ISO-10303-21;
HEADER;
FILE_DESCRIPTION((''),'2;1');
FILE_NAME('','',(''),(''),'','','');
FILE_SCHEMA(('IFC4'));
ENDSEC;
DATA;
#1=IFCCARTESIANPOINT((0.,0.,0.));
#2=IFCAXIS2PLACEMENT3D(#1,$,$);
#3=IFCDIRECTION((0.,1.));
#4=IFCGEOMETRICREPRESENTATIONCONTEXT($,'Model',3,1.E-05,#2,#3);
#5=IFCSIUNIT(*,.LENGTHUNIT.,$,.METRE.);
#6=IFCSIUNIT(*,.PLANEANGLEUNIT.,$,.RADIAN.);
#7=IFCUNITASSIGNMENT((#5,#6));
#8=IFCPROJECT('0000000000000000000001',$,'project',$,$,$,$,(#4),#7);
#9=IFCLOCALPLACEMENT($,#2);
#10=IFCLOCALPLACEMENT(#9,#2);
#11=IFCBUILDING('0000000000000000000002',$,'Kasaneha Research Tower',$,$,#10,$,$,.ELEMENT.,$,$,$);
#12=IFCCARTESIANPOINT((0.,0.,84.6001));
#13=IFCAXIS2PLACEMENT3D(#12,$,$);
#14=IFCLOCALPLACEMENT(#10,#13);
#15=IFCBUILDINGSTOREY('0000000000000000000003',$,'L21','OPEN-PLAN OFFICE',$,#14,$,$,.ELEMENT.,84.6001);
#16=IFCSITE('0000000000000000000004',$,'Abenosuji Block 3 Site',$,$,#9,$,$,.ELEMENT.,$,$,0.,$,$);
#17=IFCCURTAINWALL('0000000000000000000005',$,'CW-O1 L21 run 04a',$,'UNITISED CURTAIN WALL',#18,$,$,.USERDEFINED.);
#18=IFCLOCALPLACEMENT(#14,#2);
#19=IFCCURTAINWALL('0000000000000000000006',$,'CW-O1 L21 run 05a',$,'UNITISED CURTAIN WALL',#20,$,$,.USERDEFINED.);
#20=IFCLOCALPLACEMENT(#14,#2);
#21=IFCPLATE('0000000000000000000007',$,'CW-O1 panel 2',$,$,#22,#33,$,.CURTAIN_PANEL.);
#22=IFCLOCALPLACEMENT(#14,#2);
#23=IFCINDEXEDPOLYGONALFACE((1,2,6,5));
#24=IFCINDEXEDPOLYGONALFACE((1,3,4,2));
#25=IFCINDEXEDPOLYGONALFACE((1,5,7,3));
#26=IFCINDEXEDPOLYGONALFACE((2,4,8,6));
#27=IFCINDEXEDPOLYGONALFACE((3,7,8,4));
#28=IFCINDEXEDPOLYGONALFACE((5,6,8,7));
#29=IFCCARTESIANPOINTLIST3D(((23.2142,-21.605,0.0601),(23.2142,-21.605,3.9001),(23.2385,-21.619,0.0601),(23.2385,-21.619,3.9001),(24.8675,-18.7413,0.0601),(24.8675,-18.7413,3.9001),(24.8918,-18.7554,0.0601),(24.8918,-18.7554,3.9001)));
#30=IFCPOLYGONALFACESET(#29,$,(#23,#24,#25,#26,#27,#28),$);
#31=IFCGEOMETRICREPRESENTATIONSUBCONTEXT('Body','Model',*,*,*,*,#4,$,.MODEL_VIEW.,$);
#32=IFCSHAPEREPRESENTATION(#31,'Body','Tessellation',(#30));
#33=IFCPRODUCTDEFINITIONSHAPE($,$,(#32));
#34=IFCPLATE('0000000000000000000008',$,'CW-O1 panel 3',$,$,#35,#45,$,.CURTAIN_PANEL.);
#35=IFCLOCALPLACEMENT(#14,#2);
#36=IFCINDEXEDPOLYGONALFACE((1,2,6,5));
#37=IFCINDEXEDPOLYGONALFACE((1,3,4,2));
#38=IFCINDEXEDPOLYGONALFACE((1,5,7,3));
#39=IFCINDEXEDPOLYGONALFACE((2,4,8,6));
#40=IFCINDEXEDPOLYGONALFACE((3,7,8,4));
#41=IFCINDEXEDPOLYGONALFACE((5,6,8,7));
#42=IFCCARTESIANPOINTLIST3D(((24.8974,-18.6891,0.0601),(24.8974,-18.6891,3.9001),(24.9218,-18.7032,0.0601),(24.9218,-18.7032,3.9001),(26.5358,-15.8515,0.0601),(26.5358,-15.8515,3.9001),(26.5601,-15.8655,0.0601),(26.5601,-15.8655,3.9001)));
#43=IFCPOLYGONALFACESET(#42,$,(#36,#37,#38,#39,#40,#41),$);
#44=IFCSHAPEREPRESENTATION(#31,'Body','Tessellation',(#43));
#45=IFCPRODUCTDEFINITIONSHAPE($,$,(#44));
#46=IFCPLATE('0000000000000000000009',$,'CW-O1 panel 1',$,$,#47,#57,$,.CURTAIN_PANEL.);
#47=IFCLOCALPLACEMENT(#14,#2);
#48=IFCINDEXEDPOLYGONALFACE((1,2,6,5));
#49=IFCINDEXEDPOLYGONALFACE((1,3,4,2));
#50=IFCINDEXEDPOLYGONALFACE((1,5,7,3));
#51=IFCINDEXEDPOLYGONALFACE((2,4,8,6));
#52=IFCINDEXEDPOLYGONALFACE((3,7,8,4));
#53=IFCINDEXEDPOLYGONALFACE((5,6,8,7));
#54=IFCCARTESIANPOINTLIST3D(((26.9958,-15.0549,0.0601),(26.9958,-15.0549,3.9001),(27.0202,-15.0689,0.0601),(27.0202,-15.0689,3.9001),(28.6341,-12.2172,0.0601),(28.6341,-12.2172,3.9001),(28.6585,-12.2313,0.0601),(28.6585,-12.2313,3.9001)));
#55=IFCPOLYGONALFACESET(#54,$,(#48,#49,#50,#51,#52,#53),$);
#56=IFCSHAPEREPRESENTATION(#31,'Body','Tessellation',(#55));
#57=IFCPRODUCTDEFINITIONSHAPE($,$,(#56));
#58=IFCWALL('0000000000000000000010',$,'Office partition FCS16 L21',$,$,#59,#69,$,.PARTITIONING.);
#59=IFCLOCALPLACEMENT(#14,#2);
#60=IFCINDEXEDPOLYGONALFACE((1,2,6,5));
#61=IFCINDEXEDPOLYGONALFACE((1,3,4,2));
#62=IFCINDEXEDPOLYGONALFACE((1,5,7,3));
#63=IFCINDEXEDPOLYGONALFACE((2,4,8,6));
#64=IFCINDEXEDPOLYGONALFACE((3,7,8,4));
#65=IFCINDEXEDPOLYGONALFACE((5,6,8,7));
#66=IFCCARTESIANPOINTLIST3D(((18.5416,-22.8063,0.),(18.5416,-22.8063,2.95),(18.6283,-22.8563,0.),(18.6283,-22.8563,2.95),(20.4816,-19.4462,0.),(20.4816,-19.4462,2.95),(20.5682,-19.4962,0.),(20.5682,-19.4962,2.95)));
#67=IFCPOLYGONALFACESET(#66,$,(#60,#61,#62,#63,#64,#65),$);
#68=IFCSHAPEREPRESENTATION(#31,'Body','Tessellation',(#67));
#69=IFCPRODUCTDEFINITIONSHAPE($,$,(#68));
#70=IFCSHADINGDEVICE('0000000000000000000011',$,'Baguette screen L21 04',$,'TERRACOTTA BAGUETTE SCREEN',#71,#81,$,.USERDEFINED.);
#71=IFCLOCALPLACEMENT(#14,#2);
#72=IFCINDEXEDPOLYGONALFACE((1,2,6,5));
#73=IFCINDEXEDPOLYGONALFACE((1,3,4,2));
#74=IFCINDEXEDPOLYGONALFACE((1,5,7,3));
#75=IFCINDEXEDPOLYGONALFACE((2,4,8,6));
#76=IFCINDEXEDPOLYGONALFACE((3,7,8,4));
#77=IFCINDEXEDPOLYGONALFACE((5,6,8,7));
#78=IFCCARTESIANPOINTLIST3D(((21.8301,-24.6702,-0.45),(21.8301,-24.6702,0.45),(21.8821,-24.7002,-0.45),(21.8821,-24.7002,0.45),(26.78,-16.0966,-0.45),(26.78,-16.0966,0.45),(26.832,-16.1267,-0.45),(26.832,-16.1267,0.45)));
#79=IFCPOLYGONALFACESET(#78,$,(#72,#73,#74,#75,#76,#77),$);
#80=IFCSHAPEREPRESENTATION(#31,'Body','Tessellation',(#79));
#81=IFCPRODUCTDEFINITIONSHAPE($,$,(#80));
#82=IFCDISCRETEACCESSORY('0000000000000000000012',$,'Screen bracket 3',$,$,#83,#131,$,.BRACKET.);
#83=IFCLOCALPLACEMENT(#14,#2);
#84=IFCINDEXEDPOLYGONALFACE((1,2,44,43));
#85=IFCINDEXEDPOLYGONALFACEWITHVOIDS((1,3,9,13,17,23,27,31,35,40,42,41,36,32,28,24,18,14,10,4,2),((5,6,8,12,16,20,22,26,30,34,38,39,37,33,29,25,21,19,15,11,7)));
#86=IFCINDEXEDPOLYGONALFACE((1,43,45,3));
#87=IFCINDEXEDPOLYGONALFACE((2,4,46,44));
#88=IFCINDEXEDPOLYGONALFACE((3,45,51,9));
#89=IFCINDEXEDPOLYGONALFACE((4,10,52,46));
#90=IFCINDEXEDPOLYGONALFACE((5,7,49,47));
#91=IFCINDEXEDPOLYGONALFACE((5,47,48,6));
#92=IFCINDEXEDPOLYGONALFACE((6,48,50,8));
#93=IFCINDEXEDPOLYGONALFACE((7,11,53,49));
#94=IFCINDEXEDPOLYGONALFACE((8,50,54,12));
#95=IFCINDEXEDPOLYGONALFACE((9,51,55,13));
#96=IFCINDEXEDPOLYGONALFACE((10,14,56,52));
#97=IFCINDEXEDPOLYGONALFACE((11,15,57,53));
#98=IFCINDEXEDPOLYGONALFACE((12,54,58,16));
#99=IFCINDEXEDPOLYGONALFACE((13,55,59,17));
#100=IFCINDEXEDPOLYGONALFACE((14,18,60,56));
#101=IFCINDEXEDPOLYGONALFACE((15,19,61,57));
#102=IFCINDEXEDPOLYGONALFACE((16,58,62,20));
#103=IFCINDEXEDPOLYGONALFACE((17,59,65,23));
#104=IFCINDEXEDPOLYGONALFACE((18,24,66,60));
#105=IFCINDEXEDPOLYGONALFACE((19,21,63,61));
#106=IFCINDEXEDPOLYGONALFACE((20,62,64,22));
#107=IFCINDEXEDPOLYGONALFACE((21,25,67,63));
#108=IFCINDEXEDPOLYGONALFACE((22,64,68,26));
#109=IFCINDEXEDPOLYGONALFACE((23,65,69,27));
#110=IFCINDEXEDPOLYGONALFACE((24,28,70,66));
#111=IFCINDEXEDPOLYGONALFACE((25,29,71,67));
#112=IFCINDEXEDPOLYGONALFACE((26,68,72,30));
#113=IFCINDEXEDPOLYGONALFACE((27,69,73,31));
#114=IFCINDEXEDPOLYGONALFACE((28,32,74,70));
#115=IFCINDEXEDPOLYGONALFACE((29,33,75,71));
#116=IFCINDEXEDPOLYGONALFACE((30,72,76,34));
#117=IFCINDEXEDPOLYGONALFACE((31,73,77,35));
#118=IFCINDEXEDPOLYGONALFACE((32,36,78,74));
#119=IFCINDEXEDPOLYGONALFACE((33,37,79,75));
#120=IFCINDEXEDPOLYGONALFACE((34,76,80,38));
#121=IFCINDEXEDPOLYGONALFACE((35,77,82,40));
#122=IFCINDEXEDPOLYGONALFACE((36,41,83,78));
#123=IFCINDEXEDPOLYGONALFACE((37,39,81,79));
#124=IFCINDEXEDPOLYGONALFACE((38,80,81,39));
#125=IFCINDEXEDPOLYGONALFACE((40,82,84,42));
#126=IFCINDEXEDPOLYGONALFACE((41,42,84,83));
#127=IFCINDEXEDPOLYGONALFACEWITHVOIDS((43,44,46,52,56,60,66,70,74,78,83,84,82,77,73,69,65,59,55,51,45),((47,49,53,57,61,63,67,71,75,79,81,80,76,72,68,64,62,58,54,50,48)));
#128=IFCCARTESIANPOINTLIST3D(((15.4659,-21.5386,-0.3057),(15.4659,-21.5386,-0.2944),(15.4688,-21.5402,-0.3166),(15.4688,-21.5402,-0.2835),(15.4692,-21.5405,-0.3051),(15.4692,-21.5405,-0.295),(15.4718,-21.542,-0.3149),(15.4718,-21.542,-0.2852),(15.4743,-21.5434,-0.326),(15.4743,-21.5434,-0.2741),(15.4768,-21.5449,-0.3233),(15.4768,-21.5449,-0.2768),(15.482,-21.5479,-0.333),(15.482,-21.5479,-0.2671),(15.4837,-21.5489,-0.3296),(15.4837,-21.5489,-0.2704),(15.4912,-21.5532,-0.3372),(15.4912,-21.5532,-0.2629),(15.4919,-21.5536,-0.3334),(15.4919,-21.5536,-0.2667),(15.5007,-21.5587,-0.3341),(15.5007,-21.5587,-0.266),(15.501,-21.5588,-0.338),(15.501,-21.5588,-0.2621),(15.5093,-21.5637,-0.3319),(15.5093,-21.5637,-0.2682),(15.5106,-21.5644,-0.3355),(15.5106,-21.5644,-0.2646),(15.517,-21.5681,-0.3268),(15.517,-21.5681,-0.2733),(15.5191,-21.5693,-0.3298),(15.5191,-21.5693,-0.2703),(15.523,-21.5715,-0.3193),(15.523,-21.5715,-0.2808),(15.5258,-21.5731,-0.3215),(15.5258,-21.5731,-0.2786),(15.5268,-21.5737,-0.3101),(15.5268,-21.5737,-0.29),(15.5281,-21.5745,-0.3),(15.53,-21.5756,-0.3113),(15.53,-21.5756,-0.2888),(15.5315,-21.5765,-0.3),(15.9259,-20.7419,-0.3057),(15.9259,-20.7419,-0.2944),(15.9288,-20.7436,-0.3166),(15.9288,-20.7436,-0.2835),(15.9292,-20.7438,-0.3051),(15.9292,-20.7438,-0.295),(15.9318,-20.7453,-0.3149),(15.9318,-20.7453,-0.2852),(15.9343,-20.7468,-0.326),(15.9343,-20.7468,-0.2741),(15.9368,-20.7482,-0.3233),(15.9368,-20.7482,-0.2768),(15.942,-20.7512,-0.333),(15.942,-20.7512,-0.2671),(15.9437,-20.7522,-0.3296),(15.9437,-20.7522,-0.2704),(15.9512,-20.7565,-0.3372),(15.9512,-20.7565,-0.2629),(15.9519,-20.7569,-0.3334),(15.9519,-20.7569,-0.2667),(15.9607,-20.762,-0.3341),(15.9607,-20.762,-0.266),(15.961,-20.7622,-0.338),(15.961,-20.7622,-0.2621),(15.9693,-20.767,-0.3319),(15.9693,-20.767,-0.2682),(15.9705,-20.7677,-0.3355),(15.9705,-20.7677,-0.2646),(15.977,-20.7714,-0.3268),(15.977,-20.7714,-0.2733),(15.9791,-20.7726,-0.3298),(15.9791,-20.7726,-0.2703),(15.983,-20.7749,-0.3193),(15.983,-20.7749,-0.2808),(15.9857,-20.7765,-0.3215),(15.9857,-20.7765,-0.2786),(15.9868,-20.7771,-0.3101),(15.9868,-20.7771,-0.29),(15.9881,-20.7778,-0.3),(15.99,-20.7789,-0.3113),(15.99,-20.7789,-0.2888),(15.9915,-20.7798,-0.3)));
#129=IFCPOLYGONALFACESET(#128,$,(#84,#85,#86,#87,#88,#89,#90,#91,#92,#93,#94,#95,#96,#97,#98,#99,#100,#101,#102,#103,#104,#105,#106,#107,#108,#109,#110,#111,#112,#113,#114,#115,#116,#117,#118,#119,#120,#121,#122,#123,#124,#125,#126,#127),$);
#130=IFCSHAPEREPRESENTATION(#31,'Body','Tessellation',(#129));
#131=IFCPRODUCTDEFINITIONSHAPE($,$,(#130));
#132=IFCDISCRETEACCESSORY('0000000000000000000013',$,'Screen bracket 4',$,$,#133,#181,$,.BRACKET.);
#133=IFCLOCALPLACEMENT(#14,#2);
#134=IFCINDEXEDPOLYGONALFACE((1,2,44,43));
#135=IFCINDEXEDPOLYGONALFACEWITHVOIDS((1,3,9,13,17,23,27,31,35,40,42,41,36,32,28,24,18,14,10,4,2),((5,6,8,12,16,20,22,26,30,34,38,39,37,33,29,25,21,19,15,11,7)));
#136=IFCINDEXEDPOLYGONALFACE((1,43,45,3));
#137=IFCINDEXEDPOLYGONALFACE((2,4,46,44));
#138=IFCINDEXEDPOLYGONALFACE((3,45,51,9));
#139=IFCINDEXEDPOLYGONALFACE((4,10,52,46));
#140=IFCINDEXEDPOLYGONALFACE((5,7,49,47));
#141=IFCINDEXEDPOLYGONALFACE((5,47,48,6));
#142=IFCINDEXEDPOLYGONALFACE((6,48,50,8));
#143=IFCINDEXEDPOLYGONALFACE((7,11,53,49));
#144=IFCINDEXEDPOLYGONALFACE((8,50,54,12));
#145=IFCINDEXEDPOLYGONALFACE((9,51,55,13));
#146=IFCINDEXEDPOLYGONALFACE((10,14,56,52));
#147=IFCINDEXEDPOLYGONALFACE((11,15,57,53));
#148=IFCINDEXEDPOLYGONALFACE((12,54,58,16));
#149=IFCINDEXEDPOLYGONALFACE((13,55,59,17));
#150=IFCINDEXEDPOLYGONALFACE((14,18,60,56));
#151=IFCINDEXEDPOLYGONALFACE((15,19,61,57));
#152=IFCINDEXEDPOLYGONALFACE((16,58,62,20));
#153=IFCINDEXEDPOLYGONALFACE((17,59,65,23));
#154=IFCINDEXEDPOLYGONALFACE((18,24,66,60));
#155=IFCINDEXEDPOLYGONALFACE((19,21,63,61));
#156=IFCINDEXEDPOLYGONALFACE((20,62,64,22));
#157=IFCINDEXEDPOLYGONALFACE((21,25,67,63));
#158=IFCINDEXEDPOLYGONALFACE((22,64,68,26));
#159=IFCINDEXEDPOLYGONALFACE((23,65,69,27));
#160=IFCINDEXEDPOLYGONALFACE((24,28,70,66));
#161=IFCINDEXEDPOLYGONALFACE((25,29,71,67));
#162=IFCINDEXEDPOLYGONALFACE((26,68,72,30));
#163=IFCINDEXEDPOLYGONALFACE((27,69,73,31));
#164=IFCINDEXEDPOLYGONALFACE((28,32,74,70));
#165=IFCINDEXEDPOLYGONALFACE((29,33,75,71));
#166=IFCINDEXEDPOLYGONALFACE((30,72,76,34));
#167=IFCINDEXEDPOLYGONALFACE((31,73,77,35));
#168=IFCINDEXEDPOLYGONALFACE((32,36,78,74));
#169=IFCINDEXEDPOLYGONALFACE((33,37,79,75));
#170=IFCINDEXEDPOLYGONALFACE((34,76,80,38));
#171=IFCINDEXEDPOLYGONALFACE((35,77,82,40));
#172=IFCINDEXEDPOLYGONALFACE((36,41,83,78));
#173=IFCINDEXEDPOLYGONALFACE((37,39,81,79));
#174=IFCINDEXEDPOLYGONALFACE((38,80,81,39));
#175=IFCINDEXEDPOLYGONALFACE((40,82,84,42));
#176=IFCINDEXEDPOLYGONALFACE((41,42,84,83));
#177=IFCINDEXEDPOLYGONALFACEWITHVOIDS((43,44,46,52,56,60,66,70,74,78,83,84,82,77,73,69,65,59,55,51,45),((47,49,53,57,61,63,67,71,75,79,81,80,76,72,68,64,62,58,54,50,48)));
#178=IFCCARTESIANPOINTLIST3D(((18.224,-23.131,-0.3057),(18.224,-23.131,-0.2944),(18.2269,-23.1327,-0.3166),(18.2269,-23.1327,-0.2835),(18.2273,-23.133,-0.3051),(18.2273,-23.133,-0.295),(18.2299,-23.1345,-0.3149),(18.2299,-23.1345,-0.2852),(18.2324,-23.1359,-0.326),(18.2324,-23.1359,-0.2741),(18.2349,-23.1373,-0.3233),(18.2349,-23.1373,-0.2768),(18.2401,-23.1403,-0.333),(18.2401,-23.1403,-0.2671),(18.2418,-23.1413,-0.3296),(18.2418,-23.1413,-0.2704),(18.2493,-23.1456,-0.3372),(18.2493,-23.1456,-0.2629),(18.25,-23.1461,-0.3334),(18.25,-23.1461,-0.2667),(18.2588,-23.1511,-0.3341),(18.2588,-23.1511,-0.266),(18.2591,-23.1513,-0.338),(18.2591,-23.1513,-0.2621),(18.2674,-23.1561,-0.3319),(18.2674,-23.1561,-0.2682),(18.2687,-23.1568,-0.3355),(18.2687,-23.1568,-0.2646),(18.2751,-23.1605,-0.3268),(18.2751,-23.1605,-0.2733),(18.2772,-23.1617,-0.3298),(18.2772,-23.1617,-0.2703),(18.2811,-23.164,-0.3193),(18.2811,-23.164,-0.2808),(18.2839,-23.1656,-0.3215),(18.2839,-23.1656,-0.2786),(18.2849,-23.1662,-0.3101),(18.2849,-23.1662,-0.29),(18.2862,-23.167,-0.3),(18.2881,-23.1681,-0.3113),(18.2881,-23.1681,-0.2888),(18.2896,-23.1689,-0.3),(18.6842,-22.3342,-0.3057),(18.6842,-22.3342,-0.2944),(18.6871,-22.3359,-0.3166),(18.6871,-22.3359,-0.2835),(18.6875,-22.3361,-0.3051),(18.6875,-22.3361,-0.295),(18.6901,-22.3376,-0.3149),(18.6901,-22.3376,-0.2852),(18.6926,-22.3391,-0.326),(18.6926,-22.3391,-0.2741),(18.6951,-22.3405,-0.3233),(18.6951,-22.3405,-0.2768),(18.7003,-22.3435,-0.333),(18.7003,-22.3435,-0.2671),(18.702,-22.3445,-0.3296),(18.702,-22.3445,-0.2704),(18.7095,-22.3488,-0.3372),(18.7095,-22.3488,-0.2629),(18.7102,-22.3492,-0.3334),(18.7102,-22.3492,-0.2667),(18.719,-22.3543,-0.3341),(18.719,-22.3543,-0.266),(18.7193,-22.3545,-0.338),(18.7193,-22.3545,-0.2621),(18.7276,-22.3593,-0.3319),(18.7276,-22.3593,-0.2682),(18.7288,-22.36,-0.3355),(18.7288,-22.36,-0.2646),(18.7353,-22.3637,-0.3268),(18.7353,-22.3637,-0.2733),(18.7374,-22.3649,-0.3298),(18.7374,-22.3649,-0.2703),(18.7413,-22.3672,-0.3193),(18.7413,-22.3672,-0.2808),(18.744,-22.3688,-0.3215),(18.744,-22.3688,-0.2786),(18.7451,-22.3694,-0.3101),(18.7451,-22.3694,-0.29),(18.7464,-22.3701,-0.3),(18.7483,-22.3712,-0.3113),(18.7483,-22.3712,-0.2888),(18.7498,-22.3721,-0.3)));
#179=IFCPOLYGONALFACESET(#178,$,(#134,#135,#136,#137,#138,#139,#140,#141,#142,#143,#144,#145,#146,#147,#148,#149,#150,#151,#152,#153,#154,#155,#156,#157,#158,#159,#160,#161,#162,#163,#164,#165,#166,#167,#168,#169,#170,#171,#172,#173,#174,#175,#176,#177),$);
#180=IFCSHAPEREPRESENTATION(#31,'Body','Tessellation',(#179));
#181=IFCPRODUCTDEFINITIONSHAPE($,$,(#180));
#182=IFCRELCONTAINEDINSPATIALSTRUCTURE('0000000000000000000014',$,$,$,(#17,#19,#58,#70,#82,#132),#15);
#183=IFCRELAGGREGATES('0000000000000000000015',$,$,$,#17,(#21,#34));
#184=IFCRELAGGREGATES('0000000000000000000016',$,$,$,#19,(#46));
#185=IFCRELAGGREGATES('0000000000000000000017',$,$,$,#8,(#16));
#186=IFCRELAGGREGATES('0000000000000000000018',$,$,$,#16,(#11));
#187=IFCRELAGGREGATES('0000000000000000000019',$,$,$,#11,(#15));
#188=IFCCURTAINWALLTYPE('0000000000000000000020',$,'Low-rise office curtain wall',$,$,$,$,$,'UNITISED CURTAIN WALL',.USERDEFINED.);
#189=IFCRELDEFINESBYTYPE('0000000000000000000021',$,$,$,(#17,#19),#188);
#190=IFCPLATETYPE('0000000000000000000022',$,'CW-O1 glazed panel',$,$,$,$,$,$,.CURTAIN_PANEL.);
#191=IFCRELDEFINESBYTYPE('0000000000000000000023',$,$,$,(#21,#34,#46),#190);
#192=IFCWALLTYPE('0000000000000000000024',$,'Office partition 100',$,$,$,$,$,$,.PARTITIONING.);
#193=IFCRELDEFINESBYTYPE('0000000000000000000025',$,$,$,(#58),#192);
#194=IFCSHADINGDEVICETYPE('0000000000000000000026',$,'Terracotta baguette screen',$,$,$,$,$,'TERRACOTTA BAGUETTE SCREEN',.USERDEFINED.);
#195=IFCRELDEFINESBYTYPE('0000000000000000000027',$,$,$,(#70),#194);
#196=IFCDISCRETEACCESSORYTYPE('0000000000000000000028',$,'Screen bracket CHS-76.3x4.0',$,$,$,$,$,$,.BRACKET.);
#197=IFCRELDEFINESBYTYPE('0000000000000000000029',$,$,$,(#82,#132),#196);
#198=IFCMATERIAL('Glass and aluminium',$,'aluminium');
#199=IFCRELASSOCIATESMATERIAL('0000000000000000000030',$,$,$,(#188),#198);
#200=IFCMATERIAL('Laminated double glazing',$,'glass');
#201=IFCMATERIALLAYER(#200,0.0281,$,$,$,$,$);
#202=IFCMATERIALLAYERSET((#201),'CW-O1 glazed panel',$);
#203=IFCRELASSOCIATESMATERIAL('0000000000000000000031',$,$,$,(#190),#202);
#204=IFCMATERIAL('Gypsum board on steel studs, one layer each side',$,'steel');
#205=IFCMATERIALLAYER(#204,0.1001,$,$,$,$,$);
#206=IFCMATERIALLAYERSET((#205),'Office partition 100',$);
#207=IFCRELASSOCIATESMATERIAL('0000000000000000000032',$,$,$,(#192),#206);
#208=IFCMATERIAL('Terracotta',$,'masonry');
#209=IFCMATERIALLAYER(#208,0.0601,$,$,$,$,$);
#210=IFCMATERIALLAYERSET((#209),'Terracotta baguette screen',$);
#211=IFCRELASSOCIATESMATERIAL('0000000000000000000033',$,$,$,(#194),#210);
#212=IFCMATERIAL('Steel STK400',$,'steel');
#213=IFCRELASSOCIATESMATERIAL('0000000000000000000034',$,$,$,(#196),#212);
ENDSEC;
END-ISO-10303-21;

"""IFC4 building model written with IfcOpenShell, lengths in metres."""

from ifc_helpers import new_model, si_unit, direction, frame, frame_2d, origin, origin_2d, place, context, subcontext, project, spatial, rectangle, hollow_circle, extrude, material, layer, layer_set, material_profile, profile_set, type_object, element, aggregate, save


model = new_model("IFC4")

# Units and contexts
model_context = context("Model", 3, precision=1e-05, world=origin(), true_north=direction((0.0, 1.0)))
body_context = subcontext(model_context, "Body", "Model", "MODEL_VIEW")
ifc_project = project(units=[si_unit("LENGTHUNIT", "METRE"), si_unit("PLANEANGLEUNIT", "RADIAN")], contexts=[model_context])

# Site, building, storey
site_placement = place(None, origin())
site = spatial("IfcSite", under=ifc_project, at=site_placement, Name="Abenosuji Block 3 Site", CompositionType="ELEMENT", RefElevation=0.0)
building_placement = place(site_placement, origin())
building = spatial("IfcBuilding", under=site, at=building_placement, Name="Kasaneha Research Tower", CompositionType="ELEMENT")
storey_placement = place(building_placement, frame((0.0, 0.0, 84.6001)))
storey = spatial("IfcBuildingStorey", under=building, at=storey_placement, Name="L21", Description="OPEN-PLAN OFFICE", CompositionType="ELEMENT", Elevation=84.6001)

# Curtain walls
ifc_material_1 = material(Name="Glass and aluminium", Category="aluminium")
curtain_wall_type = type_object("IfcCurtainWallType", Name="Low-rise office curtain wall", ElementType="UNITISED CURTAIN WALL", PredefinedType="USERDEFINED", material=ifc_material_1)
curtain_wall_1_placement = place(storey_placement, origin())
curtain_wall_1 = element("IfcCurtainWall", 1, at=curtain_wall_1_placement, inside=storey, type_object=curtain_wall_type, Name="CW-O1 L21 run 04a", ObjectType="UNITISED CURTAIN WALL", PredefinedType="USERDEFINED")
curtain_wall_2_placement = place(storey_placement, origin())
curtain_wall_2 = element("IfcCurtainWall", 2, at=curtain_wall_2_placement, inside=storey, type_object=curtain_wall_type, Name="CW-O1 L21 run 05a", ObjectType="UNITISED CURTAIN WALL", PredefinedType="USERDEFINED")

# Plates
ifc_material_2 = material(Name="Laminated double glazing", Category="glass")
ifc_layer_1 = layer(ifc_material_2, 0.0281)
ifc_layer_set_1 = layer_set([ifc_layer_1], Name="CW-O1 glazed panel")
plate_type = type_object("IfcPlateType", Name="CW-O1 glazed panel", PredefinedType="CURTAIN_PANEL", material=ifc_layer_set_1)
plate_1_placement = place(storey_placement, frame((24.053, -20.1802, 0.0601), z_axis=(0.0, 0.0, 1.0), x_axis=(0.5, 0.866025, 0.0)))
plate_1 = element("IfcPlate", 3, at=plate_1_placement, type_object=plate_type, Name="CW-O1 panel 2", PredefinedType="CURTAIN_PANEL", context=body_context, shape_type="SweptSolid", body=[
    extrude(rectangle(XDim=3.3066, YDim=0.0281, at=origin_2d()), origin(), (0.0, 0.0, 1.0), 3.8401),
])
plate_2_placement = place(storey_placement, frame((25.7288, -17.2773, 0.0601), z_axis=(0.0, 0.0, 1.0), x_axis=(0.5, 0.866025, 0.0)))
plate_2 = element("IfcPlate", 4, at=plate_2_placement, type_object=plate_type, Name="CW-O1 panel 3", PredefinedType="CURTAIN_PANEL", context=body_context, shape_type="SweptSolid", body=[
    extrude(rectangle(XDim=3.2766, YDim=0.0281, at=origin_2d()), origin(), (0.0, 0.0, 1.0), 3.8401),
])
aggregate(curtain_wall_1, [plate_1, plate_2])
plate_3_placement = place(storey_placement, frame((27.8271, -13.6431, 0.0601), z_axis=(0.0, 0.0, 1.0), x_axis=(0.5, 0.866025, 0.0)))
plate_3 = element("IfcPlate", 5, at=plate_3_placement, type_object=plate_type, Name="CW-O1 panel 1", PredefinedType="CURTAIN_PANEL", context=body_context, shape_type="SweptSolid", body=[
    extrude(rectangle(XDim=3.2766, YDim=0.0281, at=origin_2d()), origin(), (0.0, 0.0, 1.0), 3.8401),
])
aggregate(curtain_wall_2, [plate_3])

# Wall
ifc_material_3 = material(Name="Gypsum board on steel studs, one layer each side", Category="steel")
ifc_layer_2 = layer(ifc_material_3, 0.1001)
ifc_layer_set_2 = layer_set([ifc_layer_2], Name="Office partition 100")
wall_type = type_object("IfcWallType", Name="Office partition 100", PredefinedType="PARTITIONING", material=ifc_layer_set_2)
wall_placement = place(storey_placement, frame((20.5249, -19.4712, 0.0), z_axis=(0.0, 0.0, 1.0), x_axis=(-0.499997, -0.866027, 0.0)))
element("IfcWall", 6, at=wall_placement, inside=storey, type_object=wall_type, Name="Office partition FCS16 L21", PredefinedType="PARTITIONING", context=body_context, shape_type="SweptSolid", body=[
    extrude(rectangle(XDim=3.8799, YDim=0.1001, at=frame_2d((1.9399, 0.0))), origin(), (0.0, 0.0, 1.0), 2.95),
])

# Shading device
ifc_material_4 = material(Name="Terracotta", Category="masonry")
ifc_layer_3 = layer(ifc_material_4, 0.0601)
ifc_layer_set_3 = layer_set([ifc_layer_3], Name="Terracotta baguette screen")
shading_device_type = type_object("IfcShadingDeviceType", Name="Terracotta baguette screen", ElementType="TERRACOTTA BAGUETTE SCREEN", PredefinedType="USERDEFINED", material=ifc_layer_set_3)
shading_device_placement = place(storey_placement, frame((24.3311, -20.3984, -0.45), z_axis=(0.0, 0.0, 1.0), x_axis=(0.5, 0.866025, 0.0)))
element("IfcShadingDevice", 7, at=shading_device_placement, inside=storey, type_object=shading_device_type, Name="Baguette screen L21 04", ObjectType="TERRACOTTA BAGUETTE SCREEN", PredefinedType="USERDEFINED", context=body_context, shape_type="SweptSolid", body=[
    extrude(rectangle(XDim=9.8999, YDim=0.0601, at=origin_2d()), origin(), (0.0, 0.0, 1.0), 0.8999),
])

# Discrete accessories
ifc_material_5 = material(Name="Steel STK400", Category="steel")
ifc_material_profile_1 = material_profile(ifc_material_5, hollow_circle(Radius=0.0381, WallThickness=0.0039, at=origin_2d()), Name="CHS-76.3x4.0")
ifc_profile_set_1 = profile_set([ifc_material_profile_1], Name="Steel STK400")
discrete_accessory_type = type_object("IfcDiscreteAccessoryType", Name="Screen bracket CHS-76.3x4.0", PredefinedType="BRACKET", material=ifc_profile_set_1)
discrete_accessory_1_placement = place(storey_placement, frame((15.9585, -20.7607, -0.3), z_axis=(-0.500021, -0.866013, 0.0), x_axis=(0.866013, -0.500021, 0.0)))
element("IfcDiscreteAccessory", 8, at=discrete_accessory_1_placement, inside=storey, type_object=discrete_accessory_type, Name="Screen bracket 3", PredefinedType="BRACKET", context=body_context, shape_type="SweptSolid", body=[
    extrude(hollow_circle(Radius=0.0381, WallThickness=0.0039, at=origin_2d()), origin(), (0.0, 0.0, 1.0), 0.9199),
])
discrete_accessory_2_placement = place(storey_placement, frame((18.7168, -22.353, -0.3), z_axis=(-0.500105, -0.865965, 0.0), x_axis=(0.865965, -0.500105, 0.0)))
element("IfcDiscreteAccessory", 9, at=discrete_accessory_2_placement, inside=storey, type_object=discrete_accessory_type, Name="Screen bracket 4", PredefinedType="BRACKET", context=body_context, shape_type="SweptSolid", body=[
    extrude(hollow_circle(Radius=0.0381, WallThickness=0.0039, at=origin_2d()), origin(), (0.0, 0.0, 1.0), 0.9202),
])

save(model, "model.ifc")
